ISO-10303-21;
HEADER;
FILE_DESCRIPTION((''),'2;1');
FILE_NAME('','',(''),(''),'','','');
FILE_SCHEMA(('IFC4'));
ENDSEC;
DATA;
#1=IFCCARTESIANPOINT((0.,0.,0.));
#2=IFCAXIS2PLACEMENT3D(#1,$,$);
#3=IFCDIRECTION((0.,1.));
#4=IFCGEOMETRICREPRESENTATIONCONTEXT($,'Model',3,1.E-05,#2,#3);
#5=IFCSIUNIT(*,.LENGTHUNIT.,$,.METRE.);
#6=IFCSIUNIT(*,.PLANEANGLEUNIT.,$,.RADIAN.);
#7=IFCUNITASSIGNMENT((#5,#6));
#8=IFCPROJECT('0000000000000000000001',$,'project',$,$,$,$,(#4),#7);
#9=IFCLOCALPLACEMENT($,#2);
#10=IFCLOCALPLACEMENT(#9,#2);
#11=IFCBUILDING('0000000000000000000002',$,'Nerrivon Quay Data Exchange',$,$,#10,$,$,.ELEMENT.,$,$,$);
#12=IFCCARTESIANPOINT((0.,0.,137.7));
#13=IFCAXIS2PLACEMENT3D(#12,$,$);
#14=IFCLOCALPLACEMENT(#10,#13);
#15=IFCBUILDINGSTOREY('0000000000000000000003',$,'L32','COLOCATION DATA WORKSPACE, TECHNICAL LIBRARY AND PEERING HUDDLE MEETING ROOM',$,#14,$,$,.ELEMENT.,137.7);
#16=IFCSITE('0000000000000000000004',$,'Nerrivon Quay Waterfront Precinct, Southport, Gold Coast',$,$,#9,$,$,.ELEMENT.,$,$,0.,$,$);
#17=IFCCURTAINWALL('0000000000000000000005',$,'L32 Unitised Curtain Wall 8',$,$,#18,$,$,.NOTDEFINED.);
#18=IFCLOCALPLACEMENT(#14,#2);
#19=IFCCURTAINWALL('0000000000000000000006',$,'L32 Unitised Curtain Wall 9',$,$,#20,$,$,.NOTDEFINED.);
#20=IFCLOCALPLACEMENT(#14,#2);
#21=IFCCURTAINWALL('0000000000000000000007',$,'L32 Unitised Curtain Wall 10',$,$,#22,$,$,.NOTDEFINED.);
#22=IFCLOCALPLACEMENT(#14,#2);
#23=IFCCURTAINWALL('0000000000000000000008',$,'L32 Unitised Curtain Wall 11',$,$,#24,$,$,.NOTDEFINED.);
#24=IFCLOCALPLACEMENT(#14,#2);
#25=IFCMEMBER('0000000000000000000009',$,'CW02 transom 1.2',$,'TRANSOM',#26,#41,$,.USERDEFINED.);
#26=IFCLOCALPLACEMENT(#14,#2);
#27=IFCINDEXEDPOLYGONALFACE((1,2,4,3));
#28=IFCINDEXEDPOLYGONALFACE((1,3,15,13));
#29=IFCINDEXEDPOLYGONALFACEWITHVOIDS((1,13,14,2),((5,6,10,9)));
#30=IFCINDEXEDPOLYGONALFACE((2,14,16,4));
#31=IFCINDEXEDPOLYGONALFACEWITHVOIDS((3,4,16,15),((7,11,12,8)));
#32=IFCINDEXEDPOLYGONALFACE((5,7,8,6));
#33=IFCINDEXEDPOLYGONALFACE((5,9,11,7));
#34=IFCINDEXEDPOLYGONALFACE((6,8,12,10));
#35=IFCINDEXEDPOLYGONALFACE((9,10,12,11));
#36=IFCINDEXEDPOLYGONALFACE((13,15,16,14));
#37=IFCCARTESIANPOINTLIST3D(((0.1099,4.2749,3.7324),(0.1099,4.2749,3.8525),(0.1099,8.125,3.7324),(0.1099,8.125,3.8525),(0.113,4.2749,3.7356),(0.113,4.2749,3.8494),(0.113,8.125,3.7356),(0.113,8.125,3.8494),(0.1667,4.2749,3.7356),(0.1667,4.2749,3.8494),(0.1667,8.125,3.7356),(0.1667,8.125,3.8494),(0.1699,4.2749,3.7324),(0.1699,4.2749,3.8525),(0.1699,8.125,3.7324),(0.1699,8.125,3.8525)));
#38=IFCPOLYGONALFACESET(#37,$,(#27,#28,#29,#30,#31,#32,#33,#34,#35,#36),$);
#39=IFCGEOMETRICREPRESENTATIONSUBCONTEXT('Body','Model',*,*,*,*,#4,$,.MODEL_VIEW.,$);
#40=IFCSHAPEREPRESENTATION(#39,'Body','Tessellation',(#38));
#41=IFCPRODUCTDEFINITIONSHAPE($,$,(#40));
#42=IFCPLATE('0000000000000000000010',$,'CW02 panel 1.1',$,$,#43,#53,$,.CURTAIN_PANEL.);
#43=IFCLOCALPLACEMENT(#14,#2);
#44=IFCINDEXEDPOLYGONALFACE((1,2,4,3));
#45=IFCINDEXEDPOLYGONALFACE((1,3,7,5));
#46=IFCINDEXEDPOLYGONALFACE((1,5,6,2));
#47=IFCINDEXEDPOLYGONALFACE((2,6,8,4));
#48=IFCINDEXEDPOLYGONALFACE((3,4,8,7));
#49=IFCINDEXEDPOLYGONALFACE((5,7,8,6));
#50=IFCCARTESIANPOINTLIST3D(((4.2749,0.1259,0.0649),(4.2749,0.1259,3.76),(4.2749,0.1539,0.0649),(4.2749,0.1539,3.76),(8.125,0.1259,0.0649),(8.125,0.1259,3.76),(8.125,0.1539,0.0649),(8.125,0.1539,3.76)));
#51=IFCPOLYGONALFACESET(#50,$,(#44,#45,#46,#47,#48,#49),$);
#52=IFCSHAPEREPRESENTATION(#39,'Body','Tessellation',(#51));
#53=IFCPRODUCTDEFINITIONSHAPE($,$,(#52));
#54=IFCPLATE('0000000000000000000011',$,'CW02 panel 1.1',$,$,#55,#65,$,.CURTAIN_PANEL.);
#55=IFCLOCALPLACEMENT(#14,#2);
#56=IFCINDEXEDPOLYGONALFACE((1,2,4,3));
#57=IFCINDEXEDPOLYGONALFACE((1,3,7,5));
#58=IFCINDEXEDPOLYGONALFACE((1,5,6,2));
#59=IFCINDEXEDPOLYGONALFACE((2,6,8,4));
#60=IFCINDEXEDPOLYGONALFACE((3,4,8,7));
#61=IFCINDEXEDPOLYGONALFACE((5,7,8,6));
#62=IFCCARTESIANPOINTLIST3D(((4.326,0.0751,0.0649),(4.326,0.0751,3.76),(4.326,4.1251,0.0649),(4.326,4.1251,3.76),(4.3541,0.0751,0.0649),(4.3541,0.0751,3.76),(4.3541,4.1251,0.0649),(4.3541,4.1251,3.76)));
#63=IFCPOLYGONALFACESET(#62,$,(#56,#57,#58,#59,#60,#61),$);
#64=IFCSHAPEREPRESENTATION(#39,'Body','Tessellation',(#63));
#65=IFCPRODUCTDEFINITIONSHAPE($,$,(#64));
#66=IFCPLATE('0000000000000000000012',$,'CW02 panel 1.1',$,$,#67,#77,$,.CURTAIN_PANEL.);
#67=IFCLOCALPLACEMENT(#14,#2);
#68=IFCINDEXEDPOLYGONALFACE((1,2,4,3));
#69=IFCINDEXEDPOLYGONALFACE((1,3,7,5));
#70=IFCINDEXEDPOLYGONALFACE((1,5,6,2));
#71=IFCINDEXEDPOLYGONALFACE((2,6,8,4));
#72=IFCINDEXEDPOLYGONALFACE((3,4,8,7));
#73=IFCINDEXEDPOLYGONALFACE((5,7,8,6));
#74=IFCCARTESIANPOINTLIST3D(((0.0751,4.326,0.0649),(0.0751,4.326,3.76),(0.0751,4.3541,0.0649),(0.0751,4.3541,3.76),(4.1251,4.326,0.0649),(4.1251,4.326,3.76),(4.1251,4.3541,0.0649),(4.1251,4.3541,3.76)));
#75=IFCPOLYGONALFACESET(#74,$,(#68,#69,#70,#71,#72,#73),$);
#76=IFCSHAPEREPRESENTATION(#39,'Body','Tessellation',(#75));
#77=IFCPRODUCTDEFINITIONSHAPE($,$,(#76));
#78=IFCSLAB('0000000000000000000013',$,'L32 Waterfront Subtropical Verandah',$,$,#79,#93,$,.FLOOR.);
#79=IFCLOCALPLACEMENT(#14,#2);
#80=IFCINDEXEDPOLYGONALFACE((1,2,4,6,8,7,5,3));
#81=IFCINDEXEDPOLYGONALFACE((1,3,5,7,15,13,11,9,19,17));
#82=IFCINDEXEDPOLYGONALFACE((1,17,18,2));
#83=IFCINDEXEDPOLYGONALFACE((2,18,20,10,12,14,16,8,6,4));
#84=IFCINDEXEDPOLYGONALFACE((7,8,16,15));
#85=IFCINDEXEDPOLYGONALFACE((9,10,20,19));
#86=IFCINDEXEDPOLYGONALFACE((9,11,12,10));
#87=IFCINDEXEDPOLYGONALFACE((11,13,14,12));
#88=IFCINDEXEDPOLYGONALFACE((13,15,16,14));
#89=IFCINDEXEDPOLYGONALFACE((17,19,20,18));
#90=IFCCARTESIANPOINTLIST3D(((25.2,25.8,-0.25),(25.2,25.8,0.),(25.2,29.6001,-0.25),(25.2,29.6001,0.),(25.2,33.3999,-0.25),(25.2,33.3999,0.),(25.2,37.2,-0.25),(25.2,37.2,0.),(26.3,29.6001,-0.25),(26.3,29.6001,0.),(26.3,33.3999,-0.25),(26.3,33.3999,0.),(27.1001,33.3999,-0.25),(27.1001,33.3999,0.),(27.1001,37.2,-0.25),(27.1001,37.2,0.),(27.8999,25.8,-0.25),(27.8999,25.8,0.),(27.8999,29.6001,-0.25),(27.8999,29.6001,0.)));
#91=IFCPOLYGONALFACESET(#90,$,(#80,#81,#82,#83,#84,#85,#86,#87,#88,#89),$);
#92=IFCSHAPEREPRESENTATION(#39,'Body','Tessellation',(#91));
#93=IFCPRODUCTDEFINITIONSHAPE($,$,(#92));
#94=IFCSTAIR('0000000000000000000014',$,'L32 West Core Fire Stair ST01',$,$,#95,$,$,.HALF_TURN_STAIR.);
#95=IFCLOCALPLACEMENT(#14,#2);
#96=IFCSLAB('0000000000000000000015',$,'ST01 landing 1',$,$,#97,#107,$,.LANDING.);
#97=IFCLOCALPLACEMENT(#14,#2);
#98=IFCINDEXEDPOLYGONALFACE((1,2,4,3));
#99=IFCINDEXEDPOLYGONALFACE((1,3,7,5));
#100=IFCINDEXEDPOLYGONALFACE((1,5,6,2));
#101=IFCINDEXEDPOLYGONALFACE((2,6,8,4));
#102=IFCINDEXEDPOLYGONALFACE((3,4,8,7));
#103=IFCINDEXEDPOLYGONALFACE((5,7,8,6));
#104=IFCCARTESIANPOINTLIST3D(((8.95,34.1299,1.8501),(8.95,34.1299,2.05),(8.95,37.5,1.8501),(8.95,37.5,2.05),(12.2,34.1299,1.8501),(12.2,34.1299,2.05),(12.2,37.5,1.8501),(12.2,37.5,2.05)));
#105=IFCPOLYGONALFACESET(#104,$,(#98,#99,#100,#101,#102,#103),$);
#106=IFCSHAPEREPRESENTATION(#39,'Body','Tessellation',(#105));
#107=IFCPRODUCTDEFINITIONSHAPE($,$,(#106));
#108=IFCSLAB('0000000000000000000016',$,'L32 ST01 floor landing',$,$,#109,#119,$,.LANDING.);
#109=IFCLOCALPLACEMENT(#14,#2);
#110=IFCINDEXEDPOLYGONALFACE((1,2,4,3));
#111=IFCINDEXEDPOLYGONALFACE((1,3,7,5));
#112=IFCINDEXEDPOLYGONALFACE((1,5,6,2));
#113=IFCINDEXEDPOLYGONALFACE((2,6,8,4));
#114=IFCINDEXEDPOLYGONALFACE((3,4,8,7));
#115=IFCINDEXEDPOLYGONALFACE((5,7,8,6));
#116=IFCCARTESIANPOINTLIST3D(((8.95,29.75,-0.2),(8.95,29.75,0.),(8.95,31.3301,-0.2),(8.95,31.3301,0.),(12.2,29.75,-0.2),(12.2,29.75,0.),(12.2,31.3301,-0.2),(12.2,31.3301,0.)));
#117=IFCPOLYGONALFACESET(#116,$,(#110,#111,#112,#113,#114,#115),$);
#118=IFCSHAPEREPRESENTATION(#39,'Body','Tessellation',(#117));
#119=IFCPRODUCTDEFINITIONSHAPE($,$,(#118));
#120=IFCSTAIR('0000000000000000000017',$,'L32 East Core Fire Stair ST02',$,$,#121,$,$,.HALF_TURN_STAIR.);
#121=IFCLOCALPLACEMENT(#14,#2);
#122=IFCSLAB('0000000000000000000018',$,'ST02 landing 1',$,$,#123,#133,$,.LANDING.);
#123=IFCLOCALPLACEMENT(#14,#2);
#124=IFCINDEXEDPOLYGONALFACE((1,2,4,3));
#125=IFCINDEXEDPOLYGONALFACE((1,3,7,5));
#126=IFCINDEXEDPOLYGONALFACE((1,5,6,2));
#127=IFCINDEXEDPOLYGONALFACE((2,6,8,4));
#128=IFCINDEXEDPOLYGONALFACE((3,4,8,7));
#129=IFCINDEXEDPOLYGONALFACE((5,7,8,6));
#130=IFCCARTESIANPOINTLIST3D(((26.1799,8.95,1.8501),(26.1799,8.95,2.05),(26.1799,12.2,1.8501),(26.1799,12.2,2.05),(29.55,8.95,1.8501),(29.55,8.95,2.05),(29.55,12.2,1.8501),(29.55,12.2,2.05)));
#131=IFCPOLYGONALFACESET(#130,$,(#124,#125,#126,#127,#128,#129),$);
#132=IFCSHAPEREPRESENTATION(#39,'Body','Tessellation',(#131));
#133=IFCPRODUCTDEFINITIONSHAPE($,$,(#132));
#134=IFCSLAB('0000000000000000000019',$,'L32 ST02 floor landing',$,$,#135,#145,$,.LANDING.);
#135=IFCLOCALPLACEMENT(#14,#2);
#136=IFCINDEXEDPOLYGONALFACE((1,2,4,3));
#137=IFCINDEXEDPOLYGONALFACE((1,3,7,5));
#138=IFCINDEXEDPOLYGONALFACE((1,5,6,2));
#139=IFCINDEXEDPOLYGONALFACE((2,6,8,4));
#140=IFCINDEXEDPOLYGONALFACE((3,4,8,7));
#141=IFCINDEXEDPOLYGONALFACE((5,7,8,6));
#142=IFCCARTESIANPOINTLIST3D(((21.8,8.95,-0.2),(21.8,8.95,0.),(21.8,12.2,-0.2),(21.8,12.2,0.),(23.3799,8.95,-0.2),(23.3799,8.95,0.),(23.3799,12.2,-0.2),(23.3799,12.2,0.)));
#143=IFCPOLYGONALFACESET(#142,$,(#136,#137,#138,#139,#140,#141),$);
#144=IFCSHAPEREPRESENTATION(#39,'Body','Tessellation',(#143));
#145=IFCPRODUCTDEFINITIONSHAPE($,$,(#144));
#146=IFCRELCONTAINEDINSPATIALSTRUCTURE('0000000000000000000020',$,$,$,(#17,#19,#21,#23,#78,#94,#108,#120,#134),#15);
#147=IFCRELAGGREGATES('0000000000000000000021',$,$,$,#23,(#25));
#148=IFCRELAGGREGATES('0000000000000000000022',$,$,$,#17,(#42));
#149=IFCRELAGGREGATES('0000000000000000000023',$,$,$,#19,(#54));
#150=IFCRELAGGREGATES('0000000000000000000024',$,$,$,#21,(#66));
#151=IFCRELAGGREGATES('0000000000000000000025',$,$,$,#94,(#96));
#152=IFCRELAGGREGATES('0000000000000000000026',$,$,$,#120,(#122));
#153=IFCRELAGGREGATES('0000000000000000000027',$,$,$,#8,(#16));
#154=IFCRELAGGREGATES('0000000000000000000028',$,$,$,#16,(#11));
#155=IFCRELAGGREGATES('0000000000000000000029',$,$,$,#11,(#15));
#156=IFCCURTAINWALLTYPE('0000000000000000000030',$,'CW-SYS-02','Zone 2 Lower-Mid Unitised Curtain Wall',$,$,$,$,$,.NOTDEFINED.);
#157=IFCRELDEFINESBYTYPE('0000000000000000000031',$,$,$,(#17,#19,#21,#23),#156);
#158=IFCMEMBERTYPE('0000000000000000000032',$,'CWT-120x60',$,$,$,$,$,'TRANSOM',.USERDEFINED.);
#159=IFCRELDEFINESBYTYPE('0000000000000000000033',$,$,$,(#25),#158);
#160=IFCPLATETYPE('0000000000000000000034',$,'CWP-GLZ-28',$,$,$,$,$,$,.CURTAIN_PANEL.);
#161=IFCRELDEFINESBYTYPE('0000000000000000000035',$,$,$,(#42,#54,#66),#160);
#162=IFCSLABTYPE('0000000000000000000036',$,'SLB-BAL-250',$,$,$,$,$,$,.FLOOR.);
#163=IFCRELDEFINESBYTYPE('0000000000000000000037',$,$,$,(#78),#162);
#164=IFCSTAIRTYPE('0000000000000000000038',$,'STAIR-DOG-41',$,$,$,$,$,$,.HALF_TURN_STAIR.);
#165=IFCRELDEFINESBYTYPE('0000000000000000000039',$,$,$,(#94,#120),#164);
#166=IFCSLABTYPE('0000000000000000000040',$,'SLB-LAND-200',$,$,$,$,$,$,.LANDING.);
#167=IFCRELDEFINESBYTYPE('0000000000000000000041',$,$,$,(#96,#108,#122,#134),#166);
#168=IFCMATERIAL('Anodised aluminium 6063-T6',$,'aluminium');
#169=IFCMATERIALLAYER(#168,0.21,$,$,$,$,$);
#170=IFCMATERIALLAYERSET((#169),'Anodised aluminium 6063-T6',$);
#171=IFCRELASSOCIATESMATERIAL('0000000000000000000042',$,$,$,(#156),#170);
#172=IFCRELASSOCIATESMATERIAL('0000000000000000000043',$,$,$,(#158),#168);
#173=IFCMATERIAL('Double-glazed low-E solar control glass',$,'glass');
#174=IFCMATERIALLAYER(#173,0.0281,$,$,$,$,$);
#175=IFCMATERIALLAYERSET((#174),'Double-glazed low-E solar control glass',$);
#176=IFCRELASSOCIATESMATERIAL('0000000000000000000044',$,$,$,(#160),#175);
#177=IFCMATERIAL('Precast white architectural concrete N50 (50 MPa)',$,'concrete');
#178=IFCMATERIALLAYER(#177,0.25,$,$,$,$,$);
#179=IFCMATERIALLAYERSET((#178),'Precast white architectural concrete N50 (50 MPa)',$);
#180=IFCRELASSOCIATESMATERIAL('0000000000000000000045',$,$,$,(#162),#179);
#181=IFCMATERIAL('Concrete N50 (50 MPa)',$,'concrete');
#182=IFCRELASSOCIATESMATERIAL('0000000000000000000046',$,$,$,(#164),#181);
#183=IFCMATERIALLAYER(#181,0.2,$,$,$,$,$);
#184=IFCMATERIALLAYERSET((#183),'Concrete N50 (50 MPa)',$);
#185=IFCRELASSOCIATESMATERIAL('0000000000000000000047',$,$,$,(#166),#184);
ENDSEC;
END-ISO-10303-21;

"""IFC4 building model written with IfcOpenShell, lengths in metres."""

from ifc_helpers import new_model, si_unit, direction, frame, origin, origin_2d, place, context, subcontext, project, spatial, polyline, rectangle, hollow_rectangle, outline, extrude, material, layer, layer_set, material_profile, profile_set, type_object, element, aggregate, save


model = new_model("IFC4")

# Units and contexts
model_context = context("Model", 3, precision=1e-05, world=origin(), true_north=direction((0.0, 1.0)))
body_context = subcontext(model_context, "Body", "Model", "MODEL_VIEW")
ifc_project = project(units=[si_unit("LENGTHUNIT", "METRE"), si_unit("PLANEANGLEUNIT", "RADIAN")], contexts=[model_context])

# Site, building, storey
site_placement = place(None, origin())
site = spatial("IfcSite", under=ifc_project, at=site_placement, Name="Nerrivon Quay Waterfront Precinct, Southport, Gold Coast", CompositionType="ELEMENT", RefElevation=0.0)
building_placement = place(site_placement, origin())
building = spatial("IfcBuilding", under=site, at=building_placement, Name="Nerrivon Quay Data Exchange", CompositionType="ELEMENT")
storey_placement = place(building_placement, frame((0.0, 0.0, 137.7)))
storey = spatial("IfcBuildingStorey", under=building, at=storey_placement, Name="L32", Description="COLOCATION DATA WORKSPACE, TECHNICAL LIBRARY AND PEERING HUDDLE MEETING ROOM", CompositionType="ELEMENT", Elevation=137.7)

# Curtain wall
ifc_material_1 = material(Name="Anodised aluminium 6063-T6", Category="aluminium")
ifc_layer_1 = layer(ifc_material_1, 0.21)
ifc_layer_set_1 = layer_set([ifc_layer_1], Name="Anodised aluminium 6063-T6")
curtain_wall_type = type_object("IfcCurtainWallType", Name="CW-SYS-02", Description="Zone 2 Lower-Mid Unitised Curtain Wall", PredefinedType="NOTDEFINED", material=ifc_layer_set_1)
curtain_wall_1_placement = place(storey_placement, origin())
curtain_wall_1 = element("IfcCurtainWall", 1, at=curtain_wall_1_placement, inside=storey, type_object=curtain_wall_type, Name="L32 Unitised Curtain Wall 8", PredefinedType="NOTDEFINED")

# Curtain walls
curtain_wall_2_placement = place(storey_placement, origin())
curtain_wall_2 = element("IfcCurtainWall", 2, at=curtain_wall_2_placement, inside=storey, type_object=curtain_wall_type, Name="L32 Unitised Curtain Wall 9", PredefinedType="NOTDEFINED")
curtain_wall_3_placement = place(storey_placement, origin())
curtain_wall_3 = element("IfcCurtainWall", 3, at=curtain_wall_3_placement, inside=storey, type_object=curtain_wall_type, Name="L32 Unitised Curtain Wall 10", PredefinedType="NOTDEFINED")

# Curtain wall
curtain_wall_4_placement = place(storey_placement, origin())
curtain_wall_4 = element("IfcCurtainWall", 4, at=curtain_wall_4_placement, inside=storey, type_object=curtain_wall_type, Name="L32 Unitised Curtain Wall 11", PredefinedType="NOTDEFINED")

# Member
ifc_material_profile_1 = material_profile(ifc_material_1, hollow_rectangle(XDim=0.0601, YDim=0.1201, WallThickness=0.0032, at=origin_2d()), Name="ALU-TRAN-120x60")
ifc_profile_set_1 = profile_set([ifc_material_profile_1], Name="Anodised aluminium 6063-T6")
member_type_1 = type_object("IfcMemberType", Name="CWT-120x60", ElementType="TRANSOM", PredefinedType="USERDEFINED", material=ifc_profile_set_1)
member_1_placement = place(storey_placement, frame((0.1399, 4.2749, 3.7925), z_axis=(0.0, 1.0, 0.0), x_axis=(-1.0, 0.0, 0.0)))
member_1 = element("IfcMember", 5, at=member_1_placement, type_object=member_type_1, Name="CW02 transom 1.2", ObjectType="TRANSOM", PredefinedType="USERDEFINED", context=body_context, shape_type="SweptSolid", body=[
    extrude(hollow_rectangle(XDim=0.0601, YDim=0.1201, WallThickness=0.0032, at=origin_2d()), origin(), (0.0, 0.0, 1.0), 3.8501),
])
aggregate(curtain_wall_4, [member_1])

# Plates
ifc_material_2 = material(Name="Double-glazed low-E solar control glass", Category="glass")
ifc_layer_2 = layer(ifc_material_2, 0.0281)
ifc_layer_set_2 = layer_set([ifc_layer_2], Name="Double-glazed low-E solar control glass")
plate_type = type_object("IfcPlateType", Name="CWP-GLZ-28", PredefinedType="CURTAIN_PANEL", material=ifc_layer_set_2)
plate_1_placement = place(storey_placement, frame((6.2, 0.1399, 0.0649), z_axis=(0.0, 0.0, 1.0), x_axis=(-1.0, 0.0, 0.0)))
plate_1 = element("IfcPlate", 6, at=plate_1_placement, type_object=plate_type, Name="CW02 panel 1.1", PredefinedType="CURTAIN_PANEL", context=body_context, shape_type="SweptSolid", body=[
    extrude(rectangle(XDim=3.8501, YDim=0.0281, at=origin_2d()), origin(), (0.0, 0.0, 1.0), 3.6951),
])
aggregate(curtain_wall_1, [plate_1])
plate_2_placement = place(storey_placement, frame((4.3401, 2.1001, 0.0649), z_axis=(0.0, 0.0, 1.0), x_axis=(0.0, 1.0, 0.0)))
plate_2 = element("IfcPlate", 7, at=plate_2_placement, type_object=plate_type, Name="CW02 panel 1.1", PredefinedType="CURTAIN_PANEL", context=body_context, shape_type="SweptSolid", body=[
    extrude(rectangle(XDim=4.05, YDim=0.0281, at=origin_2d()), origin(), (0.0, 0.0, 1.0), 3.6951),
])
aggregate(curtain_wall_2, [plate_2])
plate_3_placement = place(storey_placement, frame((2.1001, 4.3401, 0.0649), z_axis=(0.0, 0.0, 1.0), x_axis=(-1.0, 0.0, 0.0)))
plate_3 = element("IfcPlate", 8, at=plate_3_placement, type_object=plate_type, Name="CW02 panel 1.1", PredefinedType="CURTAIN_PANEL", context=body_context, shape_type="SweptSolid", body=[
    extrude(rectangle(XDim=4.05, YDim=0.0281, at=origin_2d()), origin(), (0.0, 0.0, 1.0), 3.6951),
])
aggregate(curtain_wall_3, [plate_3])

# Slab
ifc_material_3 = material(Name="Precast white architectural concrete N50 (50 MPa)", Category="concrete")
ifc_layer_3 = layer(ifc_material_3, 0.25)
ifc_layer_set_3 = layer_set([ifc_layer_3], Name="Precast white architectural concrete N50 (50 MPa)")
slab_type_1 = type_object("IfcSlabType", Name="SLB-BAL-250", PredefinedType="FLOOR", material=ifc_layer_set_3)
slab_1_placement = place(storey_placement, frame((0.0, 0.0, -0.25)))
element("IfcSlab", 9, at=slab_1_placement, inside=storey, type_object=slab_type_1, Name="L32 Waterfront Subtropical Verandah", PredefinedType="FLOOR", context=body_context, shape_type="SweptSolid", body=[
    extrude(outline(polyline([(26.3, 29.6001), (26.3, 33.3999), (27.1001, 33.3999), (27.1001, 37.2), (25.2, 37.2), (25.2, 33.3999), (25.2, 29.6001), (25.2, 25.8), (27.8999, 25.8), (27.8999, 29.6001), (26.3, 29.6001)])), origin(), (0.0, 0.0, 1.0), 0.25),
])

# Stair, slab
ifc_material_4 = material(Name="Concrete N50 (50 MPa)", Category="concrete")
stair_type = type_object("IfcStairType", Name="STAIR-DOG-41", PredefinedType="HALF_TURN_STAIR", material=ifc_material_4)
stair_1_placement = place(storey_placement, origin())
stair_1 = element("IfcStair", 10, at=stair_1_placement, inside=storey, type_object=stair_type, Name="L32 West Core Fire Stair ST01", PredefinedType="HALF_TURN_STAIR")
ifc_layer_4 = layer(ifc_material_4, 0.2)
ifc_layer_set_4 = layer_set([ifc_layer_4], Name="Concrete N50 (50 MPa)")
slab_type_2 = type_object("IfcSlabType", Name="SLB-LAND-200", PredefinedType="LANDING", material=ifc_layer_set_4)
slab_2_placement = place(storey_placement, frame((0.0, 0.0, 1.8501)))
slab_2 = element("IfcSlab", 11, at=slab_2_placement, type_object=slab_type_2, Name="ST01 landing 1", PredefinedType="LANDING", context=body_context, shape_type="SweptSolid", body=[
    extrude(outline(polyline([(12.2, 34.1299), (12.2, 37.5), (8.95, 37.5), (8.95, 34.1299), (12.2, 34.1299)])), origin(), (0.0, 0.0, 1.0), 0.2),
])
aggregate(stair_1, [slab_2])

# Slab
slab_3_placement = place(storey_placement, frame((0.0, 0.0, -0.2)))
element("IfcSlab", 12, at=slab_3_placement, inside=storey, type_object=slab_type_2, Name="L32 ST01 floor landing", PredefinedType="LANDING", context=body_context, shape_type="SweptSolid", body=[
    extrude(outline(polyline([(12.2, 29.75), (12.2, 31.3301), (8.95, 31.3301), (8.95, 29.75), (12.2, 29.75)])), origin(), (0.0, 0.0, 1.0), 0.2),
])

# Stair, slab
stair_2_placement = place(storey_placement, origin())
stair_2 = element("IfcStair", 13, at=stair_2_placement, inside=storey, type_object=stair_type, Name="L32 East Core Fire Stair ST02", PredefinedType="HALF_TURN_STAIR")
slab_4_placement = place(storey_placement, frame((0.0, 0.0, 1.8501)))
slab_4 = element("IfcSlab", 14, at=slab_4_placement, type_object=slab_type_2, Name="ST02 landing 1", PredefinedType="LANDING", context=body_context, shape_type="SweptSolid", body=[
    extrude(outline(polyline([(26.1799, 8.95), (29.55, 8.95), (29.55, 12.2), (26.1799, 12.2), (26.1799, 8.95)])), origin(), (0.0, 0.0, 1.0), 0.2),
])
aggregate(stair_2, [slab_4])

# Slab
slab_5_placement = place(storey_placement, frame((0.0, 0.0, -0.2)))
element("IfcSlab", 15, at=slab_5_placement, inside=storey, type_object=slab_type_2, Name="L32 ST02 floor landing", PredefinedType="LANDING", context=body_context, shape_type="SweptSolid", body=[
    extrude(outline(polyline([(21.8, 8.95), (23.3799, 8.95), (23.3799, 12.2), (21.8, 12.2), (21.8, 8.95)])), origin(), (0.0, 0.0, 1.0), 0.2),
])

save(model, "model.ifc")
